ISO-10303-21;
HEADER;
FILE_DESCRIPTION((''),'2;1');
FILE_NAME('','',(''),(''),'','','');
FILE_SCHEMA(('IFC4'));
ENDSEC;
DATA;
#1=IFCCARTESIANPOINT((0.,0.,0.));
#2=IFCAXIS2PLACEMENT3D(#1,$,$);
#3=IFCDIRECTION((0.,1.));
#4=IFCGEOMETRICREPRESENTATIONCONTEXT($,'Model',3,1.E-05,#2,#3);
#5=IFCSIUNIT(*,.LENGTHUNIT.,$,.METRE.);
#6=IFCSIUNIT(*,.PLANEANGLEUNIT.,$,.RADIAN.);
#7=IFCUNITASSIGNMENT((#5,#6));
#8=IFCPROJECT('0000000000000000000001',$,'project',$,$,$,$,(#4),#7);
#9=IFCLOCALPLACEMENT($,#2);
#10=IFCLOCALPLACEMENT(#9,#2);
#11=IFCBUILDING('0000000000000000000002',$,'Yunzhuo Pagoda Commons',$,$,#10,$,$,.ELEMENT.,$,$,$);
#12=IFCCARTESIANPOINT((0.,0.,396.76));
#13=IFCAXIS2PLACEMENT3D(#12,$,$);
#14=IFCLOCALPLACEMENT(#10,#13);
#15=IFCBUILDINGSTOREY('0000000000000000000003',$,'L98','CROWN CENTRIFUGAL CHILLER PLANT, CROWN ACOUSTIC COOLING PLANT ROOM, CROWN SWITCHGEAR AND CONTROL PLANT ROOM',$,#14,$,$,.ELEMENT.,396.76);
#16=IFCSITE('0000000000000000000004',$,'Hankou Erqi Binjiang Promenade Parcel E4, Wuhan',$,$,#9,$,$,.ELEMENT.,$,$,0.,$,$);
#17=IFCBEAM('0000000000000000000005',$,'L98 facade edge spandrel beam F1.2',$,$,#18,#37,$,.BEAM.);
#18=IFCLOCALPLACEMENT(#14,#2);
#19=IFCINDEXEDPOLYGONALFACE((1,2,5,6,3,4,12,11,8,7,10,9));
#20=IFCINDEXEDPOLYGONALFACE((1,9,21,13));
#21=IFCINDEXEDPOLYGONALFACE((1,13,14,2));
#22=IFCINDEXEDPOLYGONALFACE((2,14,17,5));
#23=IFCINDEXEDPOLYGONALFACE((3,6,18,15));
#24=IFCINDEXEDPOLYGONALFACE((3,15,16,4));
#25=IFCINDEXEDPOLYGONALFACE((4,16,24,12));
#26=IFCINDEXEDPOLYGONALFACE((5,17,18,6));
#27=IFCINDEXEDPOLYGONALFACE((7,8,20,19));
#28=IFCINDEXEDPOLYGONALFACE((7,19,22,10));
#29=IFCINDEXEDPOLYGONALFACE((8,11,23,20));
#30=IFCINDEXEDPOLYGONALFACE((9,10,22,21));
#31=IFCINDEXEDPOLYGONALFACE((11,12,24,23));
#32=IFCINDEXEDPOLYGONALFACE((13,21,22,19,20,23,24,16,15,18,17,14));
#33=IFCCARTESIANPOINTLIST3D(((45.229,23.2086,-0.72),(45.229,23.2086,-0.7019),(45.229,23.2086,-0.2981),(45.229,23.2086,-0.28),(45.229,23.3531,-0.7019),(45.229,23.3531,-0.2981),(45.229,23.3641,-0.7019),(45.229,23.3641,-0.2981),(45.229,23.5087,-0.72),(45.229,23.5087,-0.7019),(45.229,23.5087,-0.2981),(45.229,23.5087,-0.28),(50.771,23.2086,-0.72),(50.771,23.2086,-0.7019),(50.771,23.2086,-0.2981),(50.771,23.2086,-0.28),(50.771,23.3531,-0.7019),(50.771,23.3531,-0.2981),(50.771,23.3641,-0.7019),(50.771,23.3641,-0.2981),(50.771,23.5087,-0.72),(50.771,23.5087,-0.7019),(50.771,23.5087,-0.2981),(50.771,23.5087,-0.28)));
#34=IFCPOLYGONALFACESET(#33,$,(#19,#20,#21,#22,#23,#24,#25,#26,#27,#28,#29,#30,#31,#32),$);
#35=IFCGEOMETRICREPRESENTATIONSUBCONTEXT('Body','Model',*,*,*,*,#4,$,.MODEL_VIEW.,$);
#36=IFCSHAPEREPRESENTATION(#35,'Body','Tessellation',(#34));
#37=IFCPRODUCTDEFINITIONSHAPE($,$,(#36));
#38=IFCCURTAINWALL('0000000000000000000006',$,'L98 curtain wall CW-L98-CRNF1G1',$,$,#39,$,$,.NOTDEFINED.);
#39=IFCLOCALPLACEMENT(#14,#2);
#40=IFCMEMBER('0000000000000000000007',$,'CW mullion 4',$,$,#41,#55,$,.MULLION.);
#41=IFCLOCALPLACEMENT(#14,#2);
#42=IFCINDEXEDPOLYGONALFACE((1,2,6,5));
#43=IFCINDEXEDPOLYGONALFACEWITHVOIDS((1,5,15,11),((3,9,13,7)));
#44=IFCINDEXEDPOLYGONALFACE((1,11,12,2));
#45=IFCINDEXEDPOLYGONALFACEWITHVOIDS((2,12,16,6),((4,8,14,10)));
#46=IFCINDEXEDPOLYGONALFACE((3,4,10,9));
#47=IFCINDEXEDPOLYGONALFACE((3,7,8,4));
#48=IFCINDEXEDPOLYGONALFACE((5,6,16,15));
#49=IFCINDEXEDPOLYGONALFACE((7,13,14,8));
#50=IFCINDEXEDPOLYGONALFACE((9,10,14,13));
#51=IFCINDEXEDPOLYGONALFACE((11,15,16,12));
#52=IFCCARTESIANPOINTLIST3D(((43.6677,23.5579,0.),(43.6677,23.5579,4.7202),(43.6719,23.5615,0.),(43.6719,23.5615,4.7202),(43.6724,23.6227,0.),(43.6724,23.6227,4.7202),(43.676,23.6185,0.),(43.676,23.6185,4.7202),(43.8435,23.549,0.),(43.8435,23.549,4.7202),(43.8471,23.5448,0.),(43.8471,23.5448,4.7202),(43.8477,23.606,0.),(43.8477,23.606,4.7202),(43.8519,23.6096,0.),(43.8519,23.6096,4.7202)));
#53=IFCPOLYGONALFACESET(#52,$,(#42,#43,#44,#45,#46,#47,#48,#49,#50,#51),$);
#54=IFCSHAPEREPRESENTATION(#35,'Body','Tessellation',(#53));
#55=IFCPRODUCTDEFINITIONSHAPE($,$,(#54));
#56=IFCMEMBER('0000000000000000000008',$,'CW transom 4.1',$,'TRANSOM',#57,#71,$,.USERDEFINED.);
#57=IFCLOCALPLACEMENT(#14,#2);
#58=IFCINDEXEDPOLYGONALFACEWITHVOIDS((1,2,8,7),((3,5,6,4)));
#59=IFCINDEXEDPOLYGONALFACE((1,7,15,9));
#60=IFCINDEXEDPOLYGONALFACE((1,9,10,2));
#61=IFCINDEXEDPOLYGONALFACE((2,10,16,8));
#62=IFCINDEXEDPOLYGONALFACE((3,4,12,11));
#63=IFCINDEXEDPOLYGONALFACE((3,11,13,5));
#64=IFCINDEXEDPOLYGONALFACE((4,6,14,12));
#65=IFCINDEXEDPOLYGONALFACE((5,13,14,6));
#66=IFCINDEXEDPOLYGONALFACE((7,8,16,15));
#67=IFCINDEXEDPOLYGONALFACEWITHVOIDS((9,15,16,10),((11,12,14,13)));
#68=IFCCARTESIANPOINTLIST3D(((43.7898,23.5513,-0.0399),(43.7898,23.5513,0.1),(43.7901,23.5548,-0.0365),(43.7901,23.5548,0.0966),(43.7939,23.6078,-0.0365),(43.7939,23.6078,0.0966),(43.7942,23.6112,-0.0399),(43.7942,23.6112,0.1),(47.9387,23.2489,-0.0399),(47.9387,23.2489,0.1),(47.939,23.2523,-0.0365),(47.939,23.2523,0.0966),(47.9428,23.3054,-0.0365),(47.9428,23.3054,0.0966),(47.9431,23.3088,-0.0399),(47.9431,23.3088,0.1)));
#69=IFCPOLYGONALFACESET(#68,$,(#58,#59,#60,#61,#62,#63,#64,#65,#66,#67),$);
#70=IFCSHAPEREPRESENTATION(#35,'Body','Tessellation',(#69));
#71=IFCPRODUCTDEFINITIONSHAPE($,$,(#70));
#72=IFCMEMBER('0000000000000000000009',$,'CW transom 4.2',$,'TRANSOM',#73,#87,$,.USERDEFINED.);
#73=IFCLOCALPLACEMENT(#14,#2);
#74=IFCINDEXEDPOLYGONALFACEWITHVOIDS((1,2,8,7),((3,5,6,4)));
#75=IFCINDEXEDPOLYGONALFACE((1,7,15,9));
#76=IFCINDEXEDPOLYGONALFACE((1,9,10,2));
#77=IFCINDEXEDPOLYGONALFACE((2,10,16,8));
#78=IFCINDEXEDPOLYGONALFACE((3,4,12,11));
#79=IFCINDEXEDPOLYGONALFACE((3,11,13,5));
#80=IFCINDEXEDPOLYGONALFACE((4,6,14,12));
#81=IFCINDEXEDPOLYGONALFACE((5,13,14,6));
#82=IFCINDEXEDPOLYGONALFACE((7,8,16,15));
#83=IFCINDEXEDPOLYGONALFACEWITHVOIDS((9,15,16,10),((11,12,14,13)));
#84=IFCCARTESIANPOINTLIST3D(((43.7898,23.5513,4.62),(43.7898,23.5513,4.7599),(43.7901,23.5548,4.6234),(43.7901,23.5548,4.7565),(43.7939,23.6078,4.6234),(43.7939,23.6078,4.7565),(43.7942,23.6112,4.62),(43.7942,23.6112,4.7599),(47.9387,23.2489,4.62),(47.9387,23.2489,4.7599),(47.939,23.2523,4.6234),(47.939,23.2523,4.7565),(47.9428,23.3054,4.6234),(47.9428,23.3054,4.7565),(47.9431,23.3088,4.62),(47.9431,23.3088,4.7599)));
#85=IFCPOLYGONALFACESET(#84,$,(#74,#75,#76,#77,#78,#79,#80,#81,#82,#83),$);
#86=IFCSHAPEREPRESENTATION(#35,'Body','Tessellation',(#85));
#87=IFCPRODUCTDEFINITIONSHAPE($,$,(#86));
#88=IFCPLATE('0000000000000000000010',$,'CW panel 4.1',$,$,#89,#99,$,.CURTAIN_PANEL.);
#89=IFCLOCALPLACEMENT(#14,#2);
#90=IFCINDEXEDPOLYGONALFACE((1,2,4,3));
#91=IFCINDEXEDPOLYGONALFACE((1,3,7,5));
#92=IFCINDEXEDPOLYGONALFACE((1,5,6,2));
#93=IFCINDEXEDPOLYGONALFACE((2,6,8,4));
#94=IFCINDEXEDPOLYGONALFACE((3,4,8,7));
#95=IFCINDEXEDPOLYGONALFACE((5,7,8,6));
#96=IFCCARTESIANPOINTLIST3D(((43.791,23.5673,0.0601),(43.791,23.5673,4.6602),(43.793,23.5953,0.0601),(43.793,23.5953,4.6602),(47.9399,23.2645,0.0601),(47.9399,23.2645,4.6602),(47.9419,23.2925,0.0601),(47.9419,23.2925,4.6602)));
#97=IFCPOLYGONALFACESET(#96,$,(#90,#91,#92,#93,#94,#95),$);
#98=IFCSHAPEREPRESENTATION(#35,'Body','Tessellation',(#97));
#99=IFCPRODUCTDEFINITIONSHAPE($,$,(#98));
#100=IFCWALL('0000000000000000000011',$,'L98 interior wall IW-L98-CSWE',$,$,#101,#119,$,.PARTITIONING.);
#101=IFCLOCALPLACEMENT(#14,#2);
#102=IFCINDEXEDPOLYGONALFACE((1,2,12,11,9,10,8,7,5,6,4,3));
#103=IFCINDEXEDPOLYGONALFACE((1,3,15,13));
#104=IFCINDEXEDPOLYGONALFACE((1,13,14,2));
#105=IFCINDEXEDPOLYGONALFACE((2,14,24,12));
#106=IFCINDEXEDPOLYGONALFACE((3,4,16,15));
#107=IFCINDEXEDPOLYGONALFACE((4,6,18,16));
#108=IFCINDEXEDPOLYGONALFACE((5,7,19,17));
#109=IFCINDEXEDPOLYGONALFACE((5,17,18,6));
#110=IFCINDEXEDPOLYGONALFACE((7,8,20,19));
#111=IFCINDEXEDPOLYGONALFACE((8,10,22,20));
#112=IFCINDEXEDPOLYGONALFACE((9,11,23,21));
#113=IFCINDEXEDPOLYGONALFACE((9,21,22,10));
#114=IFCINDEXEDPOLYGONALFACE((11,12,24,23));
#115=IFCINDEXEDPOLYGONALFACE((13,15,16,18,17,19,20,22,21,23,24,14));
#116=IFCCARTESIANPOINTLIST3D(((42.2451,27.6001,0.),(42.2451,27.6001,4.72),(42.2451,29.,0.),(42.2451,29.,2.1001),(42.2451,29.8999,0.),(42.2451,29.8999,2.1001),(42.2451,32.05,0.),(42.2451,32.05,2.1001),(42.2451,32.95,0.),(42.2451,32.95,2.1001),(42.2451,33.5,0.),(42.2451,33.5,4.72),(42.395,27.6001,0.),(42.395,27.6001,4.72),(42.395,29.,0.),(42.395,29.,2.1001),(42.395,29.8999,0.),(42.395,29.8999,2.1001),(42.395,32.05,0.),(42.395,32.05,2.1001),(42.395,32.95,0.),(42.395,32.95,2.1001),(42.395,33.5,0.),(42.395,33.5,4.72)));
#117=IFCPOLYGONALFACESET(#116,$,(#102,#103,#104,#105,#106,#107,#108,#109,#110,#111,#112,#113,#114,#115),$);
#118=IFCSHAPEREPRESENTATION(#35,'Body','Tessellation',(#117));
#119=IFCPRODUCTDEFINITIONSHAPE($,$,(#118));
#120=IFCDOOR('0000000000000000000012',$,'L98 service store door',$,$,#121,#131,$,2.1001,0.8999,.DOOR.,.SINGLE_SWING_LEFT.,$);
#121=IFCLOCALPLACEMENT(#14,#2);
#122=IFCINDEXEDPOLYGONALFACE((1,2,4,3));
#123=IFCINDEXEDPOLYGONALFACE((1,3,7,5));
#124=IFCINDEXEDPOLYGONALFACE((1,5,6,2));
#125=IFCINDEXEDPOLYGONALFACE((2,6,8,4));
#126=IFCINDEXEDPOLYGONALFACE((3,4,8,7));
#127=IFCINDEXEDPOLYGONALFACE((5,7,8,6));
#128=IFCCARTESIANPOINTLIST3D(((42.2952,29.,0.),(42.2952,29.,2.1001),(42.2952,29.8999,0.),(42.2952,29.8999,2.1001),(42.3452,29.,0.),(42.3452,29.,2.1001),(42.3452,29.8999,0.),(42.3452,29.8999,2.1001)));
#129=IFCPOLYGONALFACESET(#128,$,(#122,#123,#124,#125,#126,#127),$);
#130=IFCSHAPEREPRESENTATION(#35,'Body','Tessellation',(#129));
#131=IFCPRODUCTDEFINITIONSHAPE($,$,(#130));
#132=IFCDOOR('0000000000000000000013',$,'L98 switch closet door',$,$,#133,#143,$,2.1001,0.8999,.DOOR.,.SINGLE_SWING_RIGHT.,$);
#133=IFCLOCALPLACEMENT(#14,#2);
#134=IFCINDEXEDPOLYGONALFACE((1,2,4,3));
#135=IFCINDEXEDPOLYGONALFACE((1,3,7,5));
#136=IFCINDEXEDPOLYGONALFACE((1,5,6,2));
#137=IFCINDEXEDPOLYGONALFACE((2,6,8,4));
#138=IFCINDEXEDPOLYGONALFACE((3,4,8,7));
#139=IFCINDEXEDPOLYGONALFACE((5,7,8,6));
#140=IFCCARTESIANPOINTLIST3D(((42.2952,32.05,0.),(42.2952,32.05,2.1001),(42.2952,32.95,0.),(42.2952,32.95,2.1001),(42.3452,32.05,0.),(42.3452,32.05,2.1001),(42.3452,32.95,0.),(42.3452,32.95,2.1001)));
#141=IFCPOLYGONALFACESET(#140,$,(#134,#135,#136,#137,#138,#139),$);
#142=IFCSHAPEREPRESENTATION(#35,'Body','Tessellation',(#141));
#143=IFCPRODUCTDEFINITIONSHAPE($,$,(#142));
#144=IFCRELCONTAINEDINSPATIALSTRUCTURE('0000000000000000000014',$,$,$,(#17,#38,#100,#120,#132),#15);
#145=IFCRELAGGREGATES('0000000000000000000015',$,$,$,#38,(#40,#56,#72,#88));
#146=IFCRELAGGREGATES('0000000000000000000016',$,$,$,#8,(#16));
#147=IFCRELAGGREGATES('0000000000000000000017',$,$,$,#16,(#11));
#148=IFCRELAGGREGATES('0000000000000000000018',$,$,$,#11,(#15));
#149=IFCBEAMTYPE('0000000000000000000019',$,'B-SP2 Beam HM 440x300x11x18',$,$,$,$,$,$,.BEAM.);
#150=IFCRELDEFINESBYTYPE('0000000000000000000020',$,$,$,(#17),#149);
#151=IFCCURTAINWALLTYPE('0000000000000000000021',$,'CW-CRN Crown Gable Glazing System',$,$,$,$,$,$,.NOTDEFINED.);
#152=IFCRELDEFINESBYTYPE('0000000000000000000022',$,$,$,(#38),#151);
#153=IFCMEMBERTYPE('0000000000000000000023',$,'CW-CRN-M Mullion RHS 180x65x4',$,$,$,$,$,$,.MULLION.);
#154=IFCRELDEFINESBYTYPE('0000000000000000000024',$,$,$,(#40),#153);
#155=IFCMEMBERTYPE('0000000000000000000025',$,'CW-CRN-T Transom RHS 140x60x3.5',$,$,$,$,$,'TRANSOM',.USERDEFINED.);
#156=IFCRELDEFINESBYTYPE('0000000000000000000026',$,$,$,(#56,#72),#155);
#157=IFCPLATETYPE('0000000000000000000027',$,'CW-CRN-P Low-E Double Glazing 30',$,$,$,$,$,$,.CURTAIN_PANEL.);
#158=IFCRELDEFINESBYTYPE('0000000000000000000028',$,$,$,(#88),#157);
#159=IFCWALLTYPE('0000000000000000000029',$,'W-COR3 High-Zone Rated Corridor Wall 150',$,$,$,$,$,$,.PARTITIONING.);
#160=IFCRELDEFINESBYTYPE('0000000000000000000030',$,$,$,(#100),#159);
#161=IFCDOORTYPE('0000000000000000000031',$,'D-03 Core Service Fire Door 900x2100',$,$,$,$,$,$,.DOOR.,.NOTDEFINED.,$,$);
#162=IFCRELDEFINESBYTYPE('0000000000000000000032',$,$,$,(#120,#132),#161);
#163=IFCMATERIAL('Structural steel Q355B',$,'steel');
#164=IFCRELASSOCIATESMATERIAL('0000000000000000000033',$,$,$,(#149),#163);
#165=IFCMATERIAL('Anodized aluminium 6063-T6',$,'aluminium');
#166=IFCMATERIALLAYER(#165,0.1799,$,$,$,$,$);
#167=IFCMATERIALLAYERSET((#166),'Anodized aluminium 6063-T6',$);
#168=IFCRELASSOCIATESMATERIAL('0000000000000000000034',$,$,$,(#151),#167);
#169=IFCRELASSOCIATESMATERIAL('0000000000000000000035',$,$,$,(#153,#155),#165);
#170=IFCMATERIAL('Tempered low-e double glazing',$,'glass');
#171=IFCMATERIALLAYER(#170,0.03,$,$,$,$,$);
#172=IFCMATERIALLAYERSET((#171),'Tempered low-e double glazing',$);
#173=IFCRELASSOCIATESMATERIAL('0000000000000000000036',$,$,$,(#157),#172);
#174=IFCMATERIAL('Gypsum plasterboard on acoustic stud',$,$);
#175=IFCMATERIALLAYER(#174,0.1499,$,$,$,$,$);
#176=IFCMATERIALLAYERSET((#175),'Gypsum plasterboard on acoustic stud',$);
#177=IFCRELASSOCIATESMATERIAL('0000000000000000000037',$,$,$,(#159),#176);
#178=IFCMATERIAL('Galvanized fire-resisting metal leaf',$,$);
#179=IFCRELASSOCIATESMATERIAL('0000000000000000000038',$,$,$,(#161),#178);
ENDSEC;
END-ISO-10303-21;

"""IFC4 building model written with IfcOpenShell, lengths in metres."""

from ifc_helpers import new_model, si_unit, direction, frame, frame_2d, origin, origin_with_axes, origin_2d, place, context, subcontext, project, spatial, rectangle, hollow_rectangle, i_section, extrude, source, transform, mapped, material, layer, layer_set, material_profile, profile_set, type_object, element, fill, aggregate, save


model = new_model("IFC4")

# Units and contexts
model_context = context("Model", 3, precision=1e-05, world=origin(), true_north=direction((0.0, 1.0)))
body_context = subcontext(model_context, "Body", "Model", "MODEL_VIEW")
ifc_project = project(units=[si_unit("LENGTHUNIT", "METRE"), si_unit("PLANEANGLEUNIT", "RADIAN")], contexts=[model_context])

# Site, building, storey
site_placement = place(None, origin())
site = spatial("IfcSite", under=ifc_project, at=site_placement, Name="Hankou Erqi Binjiang Promenade Parcel E4, Wuhan", CompositionType="ELEMENT", RefElevation=0.0)
building_placement = place(site_placement, origin())
building = spatial("IfcBuilding", under=site, at=building_placement, Name="Yunzhuo Pagoda Commons", CompositionType="ELEMENT")
storey_placement = place(building_placement, frame((0.0, 0.0, 396.76)))
storey = spatial("IfcBuildingStorey", under=building, at=storey_placement, Name="L98", Description="CROWN CENTRIFUGAL CHILLER PLANT, CROWN ACOUSTIC COOLING PLANT ROOM, CROWN SWITCHGEAR AND CONTROL PLANT ROOM", CompositionType="ELEMENT", Elevation=396.76)

# Shared definitions
ifc_material_1 = material(Name="Structural steel Q355B", Category="steel")

# Beam
ifc_material_profile_1 = material_profile(ifc_material_1, i_section(OverallWidth=0.3, OverallDepth=0.4399, WebThickness=0.011, FlangeThickness=0.0181, at=origin_2d()), Name="Structural steel Q355B")
ifc_profile_set_1 = profile_set([ifc_material_profile_1], Name="Structural steel Q355B")
beam_type_1 = type_object("IfcBeamType", Name="B-SP2 Beam HM 440x300x11x18", PredefinedType="BEAM", material=ifc_profile_set_1)
shared_shape_1 = source(origin(), body_context, "Body", "SweptSolid", [
    extrude(i_section(OverallWidth=0.3, OverallDepth=0.4399, WebThickness=0.011, FlangeThickness=0.0181, at=origin_2d()), origin(), (0.0, 0.0, 1.0), 5.542),
])
beam_1_placement = place(storey_placement, frame((45.229, 23.3586, -0.5), z_axis=(1.0, 0.0, 0.0), x_axis=(0.0, 1.0, 0.0)))
element("IfcBeam", 1, at=beam_1_placement, inside=storey, type_object=beam_type_1, Name="L98 facade edge spandrel beam F1.2", PredefinedType="BEAM", context=body_context, shape_type="MappedRepresentation", body=[
    mapped(shared_shape_1, transform((0.0, 0.0, 0.0), scale=1.0)),
])

# Curtain wall, members, plate
ifc_material_2 = material(Name="Anodized aluminium 6063-T6", Category="aluminium")
ifc_layer_1 = layer(ifc_material_2, 0.1799)
ifc_layer_set_1 = layer_set([ifc_layer_1], Name="Anodized aluminium 6063-T6")
curtain_wall_type = type_object("IfcCurtainWallType", Name="CW-CRN Crown Gable Glazing System", PredefinedType="NOTDEFINED", material=ifc_layer_set_1)
curtain_wall_placement = place(storey_placement, origin())
curtain_wall = element("IfcCurtainWall", 2, at=curtain_wall_placement, inside=storey, type_object=curtain_wall_type, Name="L98 curtain wall CW-L98-CRNF1G1", PredefinedType="NOTDEFINED")
ifc_material_profile_2 = material_profile(ifc_material_2, hollow_rectangle(XDim=0.0649, YDim=0.1799, WallThickness=0.0039, at=origin_2d()), Name="Anodized aluminium 6063-T6")
ifc_profile_set_2 = profile_set([ifc_material_profile_2], Name="Anodized aluminium 6063-T6")
member_type_1 = type_object("IfcMemberType", Name="CW-CRN-M Mullion RHS 180x65x4", PredefinedType="MULLION", material=ifc_profile_set_2)
shared_shape_2 = source(origin(), body_context, "Body", "SweptSolid", [
    extrude(hollow_rectangle(XDim=0.0649, YDim=0.1799, WallThickness=0.0039, at=origin_2d()), origin(), (0.0, 0.0, 1.0), 4.7202),
])
member_1_placement = place(storey_placement, frame((43.7598, 23.5837, 0.0), z_axis=(0.0, 0.0, 1.0), x_axis=(0.072796, 0.997347, 0.0)))
member_1 = element("IfcMember", 3, at=member_1_placement, type_object=member_type_1, Name="CW mullion 4", PredefinedType="MULLION", context=body_context, shape_type="MappedRepresentation", body=[
    mapped(shared_shape_2, transform((0.0, 0.0, 0.0), scale=1.0)),
])
ifc_material_profile_3 = material_profile(ifc_material_2, hollow_rectangle(XDim=0.0601, YDim=0.1399, WallThickness=0.0034, at=origin_2d()), Name="Anodized aluminium 6063-T6")
ifc_profile_set_3 = profile_set([ifc_material_profile_3], Name="Anodized aluminium 6063-T6")
member_type_2 = type_object("IfcMemberType", Name="CW-CRN-T Transom RHS 140x60x3.5", ElementType="TRANSOM", PredefinedType="USERDEFINED", material=ifc_profile_set_3)
shared_shape_3 = source(origin(), body_context, "Body", "SweptSolid", [
    extrude(hollow_rectangle(XDim=0.0601, YDim=0.1399, WallThickness=0.0034, at=origin_2d()), origin(), (0.0, 0.0, 1.0), 4.1599),
])
member_2_placement = place(storey_placement, frame((43.792, 23.5813, 0.03), z_axis=(0.997353, -0.072715, 0.0), x_axis=(0.072715, 0.997353, 0.0)))
member_2 = element("IfcMember", 4, at=member_2_placement, type_object=member_type_2, Name="CW transom 4.1", ObjectType="TRANSOM", PredefinedType="USERDEFINED", context=body_context, shape_type="MappedRepresentation", body=[
    mapped(shared_shape_3, transform((0.0, 0.0, 0.0), scale=1.0)),
])
member_3_placement = place(storey_placement, frame((43.792, 23.5813, 4.6899), z_axis=(0.997353, -0.072715, 0.0), x_axis=(0.072715, 0.997353, 0.0)))
member_3 = element("IfcMember", 5, at=member_3_placement, type_object=member_type_2, Name="CW transom 4.2", ObjectType="TRANSOM", PredefinedType="USERDEFINED", context=body_context, shape_type="MappedRepresentation", body=[
    mapped(shared_shape_3, transform((0.0, 0.0, 0.0), scale=1.0)),
])
ifc_material_3 = material(Name="Tempered low-e double glazing", Category="glass")
ifc_layer_2 = layer(ifc_material_3, 0.03)
ifc_layer_set_2 = layer_set([ifc_layer_2], Name="Tempered low-e double glazing")
plate_type = type_object("IfcPlateType", Name="CW-CRN-P Low-E Double Glazing 30", PredefinedType="CURTAIN_PANEL", material=ifc_layer_set_2)
shared_shape_4 = source(origin(), body_context, "Body", "SweptSolid", [
    extrude(rectangle(XDim=4.1599, YDim=0.0281, at=origin_2d()), origin(), (0.0, 0.0, 1.0), 4.6001),
])
plate_placement = place(storey_placement, frame((45.8665, 23.4299, 0.0601), z_axis=(0.0, 0.0, 1.0), x_axis=(0.997347, -0.072796, 0.0)))
plate = element("IfcPlate", 6, at=plate_placement, type_object=plate_type, Name="CW panel 4.1", PredefinedType="CURTAIN_PANEL", context=body_context, shape_type="MappedRepresentation", body=[
    mapped(shared_shape_4, transform((0.0, 0.0, 0.0), scale=1.0)),
])
aggregate(curtain_wall, [member_1, member_2, member_3, plate])

# Wall, openings, doors
ifc_material_4 = material(Name="Gypsum plasterboard on acoustic stud")
ifc_layer_3 = layer(ifc_material_4, 0.1499)
ifc_layer_set_3 = layer_set([ifc_layer_3], Name="Gypsum plasterboard on acoustic stud")
wall_type_1 = type_object("IfcWallType", Name="W-COR3 High-Zone Rated Corridor Wall 150", PredefinedType="PARTITIONING", material=ifc_layer_set_3)
wall_1_placement = place(storey_placement, frame((42.3201, 27.6001, 0.0), z_axis=(0.0, 0.0, 1.0), x_axis=(0.0, 1.0, 0.0)))
wall_1 = element("IfcWall", 7, at=wall_1_placement, inside=storey, type_object=wall_type_1, Name="L98 interior wall IW-L98-CSWE", PredefinedType="PARTITIONING", context=body_context, shape_type="SweptSolid", body=[
    extrude(rectangle(XDim=5.8999, YDim=0.1499, at=frame_2d((2.95, 0.0))), origin(), (0.0, 0.0, 1.0), 4.72),
])
opening_1_placement = place(wall_1_placement, frame((1.3999, 0.0, 0.0)))
opening_1 = element("IfcOpeningElement", 8, at=opening_1_placement, cuts=wall_1, PredefinedType="OPENING", context=body_context, shape_type="SweptSolid", body=[
    extrude(rectangle(XDim=0.8999, YDim=2.1001, at=frame_2d((0.45, 1.05))), frame((0.0, 0.085, 0.0), z_axis=(0.0, -1.0, 0.0), x_axis=(1.0, 0.0, 0.0)), (0.0, 0.0, 1.0), 0.1699),
])
opening_2_placement = place(wall_1_placement, frame((4.45, 0.0, 0.0)))
opening_2 = element("IfcOpeningElement", 9, at=opening_2_placement, cuts=wall_1, PredefinedType="OPENING", context=body_context, shape_type="SweptSolid", body=[
    extrude(rectangle(XDim=0.8999, YDim=2.1001, at=frame_2d((0.45, 1.05))), frame((0.0, 0.085, 0.0), z_axis=(0.0, -1.0, 0.0), x_axis=(1.0, 0.0, 0.0)), (0.0, 0.0, 1.0), 0.1699),
])
ifc_material_5 = material(Name="Galvanized fire-resisting metal leaf")
door_type_1 = type_object("IfcDoorType", Name="D-03 Core Service Fire Door 900x2100", OperationType="NOTDEFINED", PredefinedType="DOOR", material=ifc_material_5)
shared_shape_5 = source(origin(), body_context, "Body", "SweptSolid", [
    extrude(rectangle(XDim=0.8999, YDim=2.1001, at=frame_2d((0.45, 1.05))), frame((0.0, 0.0249, 0.0), z_axis=(0.0, -1.0, 0.0), x_axis=(1.0, 0.0, 0.0)), (0.0, 0.0, 1.0), 0.05),
])
door_1_placement = place(opening_1_placement, origin_with_axes())
door_1 = element("IfcDoor", 10, at=door_1_placement, inside=storey, type_object=door_type_1, Name="L98 service store door", OperationType="SINGLE_SWING_LEFT", OverallHeight=2.1001, OverallWidth=0.8999, PredefinedType="DOOR", context=body_context, shape_type="MappedRepresentation", body=[
    mapped(shared_shape_5, transform((0.0, 0.0, 0.0), scale=1.0)),
])
fill(opening_1, door_1)
door_2_placement = place(opening_2_placement, origin_with_axes())
door_2 = element("IfcDoor", 11, at=door_2_placement, inside=storey, type_object=door_type_1, Name="L98 switch closet door", OperationType="SINGLE_SWING_RIGHT", OverallHeight=2.1001, OverallWidth=0.8999, PredefinedType="DOOR", context=body_context, shape_type="MappedRepresentation", body=[
    mapped(shared_shape_5, transform((0.0, 0.0, 0.0), scale=1.0)),
])
fill(opening_2, door_2)

save(model, "model.ifc")
